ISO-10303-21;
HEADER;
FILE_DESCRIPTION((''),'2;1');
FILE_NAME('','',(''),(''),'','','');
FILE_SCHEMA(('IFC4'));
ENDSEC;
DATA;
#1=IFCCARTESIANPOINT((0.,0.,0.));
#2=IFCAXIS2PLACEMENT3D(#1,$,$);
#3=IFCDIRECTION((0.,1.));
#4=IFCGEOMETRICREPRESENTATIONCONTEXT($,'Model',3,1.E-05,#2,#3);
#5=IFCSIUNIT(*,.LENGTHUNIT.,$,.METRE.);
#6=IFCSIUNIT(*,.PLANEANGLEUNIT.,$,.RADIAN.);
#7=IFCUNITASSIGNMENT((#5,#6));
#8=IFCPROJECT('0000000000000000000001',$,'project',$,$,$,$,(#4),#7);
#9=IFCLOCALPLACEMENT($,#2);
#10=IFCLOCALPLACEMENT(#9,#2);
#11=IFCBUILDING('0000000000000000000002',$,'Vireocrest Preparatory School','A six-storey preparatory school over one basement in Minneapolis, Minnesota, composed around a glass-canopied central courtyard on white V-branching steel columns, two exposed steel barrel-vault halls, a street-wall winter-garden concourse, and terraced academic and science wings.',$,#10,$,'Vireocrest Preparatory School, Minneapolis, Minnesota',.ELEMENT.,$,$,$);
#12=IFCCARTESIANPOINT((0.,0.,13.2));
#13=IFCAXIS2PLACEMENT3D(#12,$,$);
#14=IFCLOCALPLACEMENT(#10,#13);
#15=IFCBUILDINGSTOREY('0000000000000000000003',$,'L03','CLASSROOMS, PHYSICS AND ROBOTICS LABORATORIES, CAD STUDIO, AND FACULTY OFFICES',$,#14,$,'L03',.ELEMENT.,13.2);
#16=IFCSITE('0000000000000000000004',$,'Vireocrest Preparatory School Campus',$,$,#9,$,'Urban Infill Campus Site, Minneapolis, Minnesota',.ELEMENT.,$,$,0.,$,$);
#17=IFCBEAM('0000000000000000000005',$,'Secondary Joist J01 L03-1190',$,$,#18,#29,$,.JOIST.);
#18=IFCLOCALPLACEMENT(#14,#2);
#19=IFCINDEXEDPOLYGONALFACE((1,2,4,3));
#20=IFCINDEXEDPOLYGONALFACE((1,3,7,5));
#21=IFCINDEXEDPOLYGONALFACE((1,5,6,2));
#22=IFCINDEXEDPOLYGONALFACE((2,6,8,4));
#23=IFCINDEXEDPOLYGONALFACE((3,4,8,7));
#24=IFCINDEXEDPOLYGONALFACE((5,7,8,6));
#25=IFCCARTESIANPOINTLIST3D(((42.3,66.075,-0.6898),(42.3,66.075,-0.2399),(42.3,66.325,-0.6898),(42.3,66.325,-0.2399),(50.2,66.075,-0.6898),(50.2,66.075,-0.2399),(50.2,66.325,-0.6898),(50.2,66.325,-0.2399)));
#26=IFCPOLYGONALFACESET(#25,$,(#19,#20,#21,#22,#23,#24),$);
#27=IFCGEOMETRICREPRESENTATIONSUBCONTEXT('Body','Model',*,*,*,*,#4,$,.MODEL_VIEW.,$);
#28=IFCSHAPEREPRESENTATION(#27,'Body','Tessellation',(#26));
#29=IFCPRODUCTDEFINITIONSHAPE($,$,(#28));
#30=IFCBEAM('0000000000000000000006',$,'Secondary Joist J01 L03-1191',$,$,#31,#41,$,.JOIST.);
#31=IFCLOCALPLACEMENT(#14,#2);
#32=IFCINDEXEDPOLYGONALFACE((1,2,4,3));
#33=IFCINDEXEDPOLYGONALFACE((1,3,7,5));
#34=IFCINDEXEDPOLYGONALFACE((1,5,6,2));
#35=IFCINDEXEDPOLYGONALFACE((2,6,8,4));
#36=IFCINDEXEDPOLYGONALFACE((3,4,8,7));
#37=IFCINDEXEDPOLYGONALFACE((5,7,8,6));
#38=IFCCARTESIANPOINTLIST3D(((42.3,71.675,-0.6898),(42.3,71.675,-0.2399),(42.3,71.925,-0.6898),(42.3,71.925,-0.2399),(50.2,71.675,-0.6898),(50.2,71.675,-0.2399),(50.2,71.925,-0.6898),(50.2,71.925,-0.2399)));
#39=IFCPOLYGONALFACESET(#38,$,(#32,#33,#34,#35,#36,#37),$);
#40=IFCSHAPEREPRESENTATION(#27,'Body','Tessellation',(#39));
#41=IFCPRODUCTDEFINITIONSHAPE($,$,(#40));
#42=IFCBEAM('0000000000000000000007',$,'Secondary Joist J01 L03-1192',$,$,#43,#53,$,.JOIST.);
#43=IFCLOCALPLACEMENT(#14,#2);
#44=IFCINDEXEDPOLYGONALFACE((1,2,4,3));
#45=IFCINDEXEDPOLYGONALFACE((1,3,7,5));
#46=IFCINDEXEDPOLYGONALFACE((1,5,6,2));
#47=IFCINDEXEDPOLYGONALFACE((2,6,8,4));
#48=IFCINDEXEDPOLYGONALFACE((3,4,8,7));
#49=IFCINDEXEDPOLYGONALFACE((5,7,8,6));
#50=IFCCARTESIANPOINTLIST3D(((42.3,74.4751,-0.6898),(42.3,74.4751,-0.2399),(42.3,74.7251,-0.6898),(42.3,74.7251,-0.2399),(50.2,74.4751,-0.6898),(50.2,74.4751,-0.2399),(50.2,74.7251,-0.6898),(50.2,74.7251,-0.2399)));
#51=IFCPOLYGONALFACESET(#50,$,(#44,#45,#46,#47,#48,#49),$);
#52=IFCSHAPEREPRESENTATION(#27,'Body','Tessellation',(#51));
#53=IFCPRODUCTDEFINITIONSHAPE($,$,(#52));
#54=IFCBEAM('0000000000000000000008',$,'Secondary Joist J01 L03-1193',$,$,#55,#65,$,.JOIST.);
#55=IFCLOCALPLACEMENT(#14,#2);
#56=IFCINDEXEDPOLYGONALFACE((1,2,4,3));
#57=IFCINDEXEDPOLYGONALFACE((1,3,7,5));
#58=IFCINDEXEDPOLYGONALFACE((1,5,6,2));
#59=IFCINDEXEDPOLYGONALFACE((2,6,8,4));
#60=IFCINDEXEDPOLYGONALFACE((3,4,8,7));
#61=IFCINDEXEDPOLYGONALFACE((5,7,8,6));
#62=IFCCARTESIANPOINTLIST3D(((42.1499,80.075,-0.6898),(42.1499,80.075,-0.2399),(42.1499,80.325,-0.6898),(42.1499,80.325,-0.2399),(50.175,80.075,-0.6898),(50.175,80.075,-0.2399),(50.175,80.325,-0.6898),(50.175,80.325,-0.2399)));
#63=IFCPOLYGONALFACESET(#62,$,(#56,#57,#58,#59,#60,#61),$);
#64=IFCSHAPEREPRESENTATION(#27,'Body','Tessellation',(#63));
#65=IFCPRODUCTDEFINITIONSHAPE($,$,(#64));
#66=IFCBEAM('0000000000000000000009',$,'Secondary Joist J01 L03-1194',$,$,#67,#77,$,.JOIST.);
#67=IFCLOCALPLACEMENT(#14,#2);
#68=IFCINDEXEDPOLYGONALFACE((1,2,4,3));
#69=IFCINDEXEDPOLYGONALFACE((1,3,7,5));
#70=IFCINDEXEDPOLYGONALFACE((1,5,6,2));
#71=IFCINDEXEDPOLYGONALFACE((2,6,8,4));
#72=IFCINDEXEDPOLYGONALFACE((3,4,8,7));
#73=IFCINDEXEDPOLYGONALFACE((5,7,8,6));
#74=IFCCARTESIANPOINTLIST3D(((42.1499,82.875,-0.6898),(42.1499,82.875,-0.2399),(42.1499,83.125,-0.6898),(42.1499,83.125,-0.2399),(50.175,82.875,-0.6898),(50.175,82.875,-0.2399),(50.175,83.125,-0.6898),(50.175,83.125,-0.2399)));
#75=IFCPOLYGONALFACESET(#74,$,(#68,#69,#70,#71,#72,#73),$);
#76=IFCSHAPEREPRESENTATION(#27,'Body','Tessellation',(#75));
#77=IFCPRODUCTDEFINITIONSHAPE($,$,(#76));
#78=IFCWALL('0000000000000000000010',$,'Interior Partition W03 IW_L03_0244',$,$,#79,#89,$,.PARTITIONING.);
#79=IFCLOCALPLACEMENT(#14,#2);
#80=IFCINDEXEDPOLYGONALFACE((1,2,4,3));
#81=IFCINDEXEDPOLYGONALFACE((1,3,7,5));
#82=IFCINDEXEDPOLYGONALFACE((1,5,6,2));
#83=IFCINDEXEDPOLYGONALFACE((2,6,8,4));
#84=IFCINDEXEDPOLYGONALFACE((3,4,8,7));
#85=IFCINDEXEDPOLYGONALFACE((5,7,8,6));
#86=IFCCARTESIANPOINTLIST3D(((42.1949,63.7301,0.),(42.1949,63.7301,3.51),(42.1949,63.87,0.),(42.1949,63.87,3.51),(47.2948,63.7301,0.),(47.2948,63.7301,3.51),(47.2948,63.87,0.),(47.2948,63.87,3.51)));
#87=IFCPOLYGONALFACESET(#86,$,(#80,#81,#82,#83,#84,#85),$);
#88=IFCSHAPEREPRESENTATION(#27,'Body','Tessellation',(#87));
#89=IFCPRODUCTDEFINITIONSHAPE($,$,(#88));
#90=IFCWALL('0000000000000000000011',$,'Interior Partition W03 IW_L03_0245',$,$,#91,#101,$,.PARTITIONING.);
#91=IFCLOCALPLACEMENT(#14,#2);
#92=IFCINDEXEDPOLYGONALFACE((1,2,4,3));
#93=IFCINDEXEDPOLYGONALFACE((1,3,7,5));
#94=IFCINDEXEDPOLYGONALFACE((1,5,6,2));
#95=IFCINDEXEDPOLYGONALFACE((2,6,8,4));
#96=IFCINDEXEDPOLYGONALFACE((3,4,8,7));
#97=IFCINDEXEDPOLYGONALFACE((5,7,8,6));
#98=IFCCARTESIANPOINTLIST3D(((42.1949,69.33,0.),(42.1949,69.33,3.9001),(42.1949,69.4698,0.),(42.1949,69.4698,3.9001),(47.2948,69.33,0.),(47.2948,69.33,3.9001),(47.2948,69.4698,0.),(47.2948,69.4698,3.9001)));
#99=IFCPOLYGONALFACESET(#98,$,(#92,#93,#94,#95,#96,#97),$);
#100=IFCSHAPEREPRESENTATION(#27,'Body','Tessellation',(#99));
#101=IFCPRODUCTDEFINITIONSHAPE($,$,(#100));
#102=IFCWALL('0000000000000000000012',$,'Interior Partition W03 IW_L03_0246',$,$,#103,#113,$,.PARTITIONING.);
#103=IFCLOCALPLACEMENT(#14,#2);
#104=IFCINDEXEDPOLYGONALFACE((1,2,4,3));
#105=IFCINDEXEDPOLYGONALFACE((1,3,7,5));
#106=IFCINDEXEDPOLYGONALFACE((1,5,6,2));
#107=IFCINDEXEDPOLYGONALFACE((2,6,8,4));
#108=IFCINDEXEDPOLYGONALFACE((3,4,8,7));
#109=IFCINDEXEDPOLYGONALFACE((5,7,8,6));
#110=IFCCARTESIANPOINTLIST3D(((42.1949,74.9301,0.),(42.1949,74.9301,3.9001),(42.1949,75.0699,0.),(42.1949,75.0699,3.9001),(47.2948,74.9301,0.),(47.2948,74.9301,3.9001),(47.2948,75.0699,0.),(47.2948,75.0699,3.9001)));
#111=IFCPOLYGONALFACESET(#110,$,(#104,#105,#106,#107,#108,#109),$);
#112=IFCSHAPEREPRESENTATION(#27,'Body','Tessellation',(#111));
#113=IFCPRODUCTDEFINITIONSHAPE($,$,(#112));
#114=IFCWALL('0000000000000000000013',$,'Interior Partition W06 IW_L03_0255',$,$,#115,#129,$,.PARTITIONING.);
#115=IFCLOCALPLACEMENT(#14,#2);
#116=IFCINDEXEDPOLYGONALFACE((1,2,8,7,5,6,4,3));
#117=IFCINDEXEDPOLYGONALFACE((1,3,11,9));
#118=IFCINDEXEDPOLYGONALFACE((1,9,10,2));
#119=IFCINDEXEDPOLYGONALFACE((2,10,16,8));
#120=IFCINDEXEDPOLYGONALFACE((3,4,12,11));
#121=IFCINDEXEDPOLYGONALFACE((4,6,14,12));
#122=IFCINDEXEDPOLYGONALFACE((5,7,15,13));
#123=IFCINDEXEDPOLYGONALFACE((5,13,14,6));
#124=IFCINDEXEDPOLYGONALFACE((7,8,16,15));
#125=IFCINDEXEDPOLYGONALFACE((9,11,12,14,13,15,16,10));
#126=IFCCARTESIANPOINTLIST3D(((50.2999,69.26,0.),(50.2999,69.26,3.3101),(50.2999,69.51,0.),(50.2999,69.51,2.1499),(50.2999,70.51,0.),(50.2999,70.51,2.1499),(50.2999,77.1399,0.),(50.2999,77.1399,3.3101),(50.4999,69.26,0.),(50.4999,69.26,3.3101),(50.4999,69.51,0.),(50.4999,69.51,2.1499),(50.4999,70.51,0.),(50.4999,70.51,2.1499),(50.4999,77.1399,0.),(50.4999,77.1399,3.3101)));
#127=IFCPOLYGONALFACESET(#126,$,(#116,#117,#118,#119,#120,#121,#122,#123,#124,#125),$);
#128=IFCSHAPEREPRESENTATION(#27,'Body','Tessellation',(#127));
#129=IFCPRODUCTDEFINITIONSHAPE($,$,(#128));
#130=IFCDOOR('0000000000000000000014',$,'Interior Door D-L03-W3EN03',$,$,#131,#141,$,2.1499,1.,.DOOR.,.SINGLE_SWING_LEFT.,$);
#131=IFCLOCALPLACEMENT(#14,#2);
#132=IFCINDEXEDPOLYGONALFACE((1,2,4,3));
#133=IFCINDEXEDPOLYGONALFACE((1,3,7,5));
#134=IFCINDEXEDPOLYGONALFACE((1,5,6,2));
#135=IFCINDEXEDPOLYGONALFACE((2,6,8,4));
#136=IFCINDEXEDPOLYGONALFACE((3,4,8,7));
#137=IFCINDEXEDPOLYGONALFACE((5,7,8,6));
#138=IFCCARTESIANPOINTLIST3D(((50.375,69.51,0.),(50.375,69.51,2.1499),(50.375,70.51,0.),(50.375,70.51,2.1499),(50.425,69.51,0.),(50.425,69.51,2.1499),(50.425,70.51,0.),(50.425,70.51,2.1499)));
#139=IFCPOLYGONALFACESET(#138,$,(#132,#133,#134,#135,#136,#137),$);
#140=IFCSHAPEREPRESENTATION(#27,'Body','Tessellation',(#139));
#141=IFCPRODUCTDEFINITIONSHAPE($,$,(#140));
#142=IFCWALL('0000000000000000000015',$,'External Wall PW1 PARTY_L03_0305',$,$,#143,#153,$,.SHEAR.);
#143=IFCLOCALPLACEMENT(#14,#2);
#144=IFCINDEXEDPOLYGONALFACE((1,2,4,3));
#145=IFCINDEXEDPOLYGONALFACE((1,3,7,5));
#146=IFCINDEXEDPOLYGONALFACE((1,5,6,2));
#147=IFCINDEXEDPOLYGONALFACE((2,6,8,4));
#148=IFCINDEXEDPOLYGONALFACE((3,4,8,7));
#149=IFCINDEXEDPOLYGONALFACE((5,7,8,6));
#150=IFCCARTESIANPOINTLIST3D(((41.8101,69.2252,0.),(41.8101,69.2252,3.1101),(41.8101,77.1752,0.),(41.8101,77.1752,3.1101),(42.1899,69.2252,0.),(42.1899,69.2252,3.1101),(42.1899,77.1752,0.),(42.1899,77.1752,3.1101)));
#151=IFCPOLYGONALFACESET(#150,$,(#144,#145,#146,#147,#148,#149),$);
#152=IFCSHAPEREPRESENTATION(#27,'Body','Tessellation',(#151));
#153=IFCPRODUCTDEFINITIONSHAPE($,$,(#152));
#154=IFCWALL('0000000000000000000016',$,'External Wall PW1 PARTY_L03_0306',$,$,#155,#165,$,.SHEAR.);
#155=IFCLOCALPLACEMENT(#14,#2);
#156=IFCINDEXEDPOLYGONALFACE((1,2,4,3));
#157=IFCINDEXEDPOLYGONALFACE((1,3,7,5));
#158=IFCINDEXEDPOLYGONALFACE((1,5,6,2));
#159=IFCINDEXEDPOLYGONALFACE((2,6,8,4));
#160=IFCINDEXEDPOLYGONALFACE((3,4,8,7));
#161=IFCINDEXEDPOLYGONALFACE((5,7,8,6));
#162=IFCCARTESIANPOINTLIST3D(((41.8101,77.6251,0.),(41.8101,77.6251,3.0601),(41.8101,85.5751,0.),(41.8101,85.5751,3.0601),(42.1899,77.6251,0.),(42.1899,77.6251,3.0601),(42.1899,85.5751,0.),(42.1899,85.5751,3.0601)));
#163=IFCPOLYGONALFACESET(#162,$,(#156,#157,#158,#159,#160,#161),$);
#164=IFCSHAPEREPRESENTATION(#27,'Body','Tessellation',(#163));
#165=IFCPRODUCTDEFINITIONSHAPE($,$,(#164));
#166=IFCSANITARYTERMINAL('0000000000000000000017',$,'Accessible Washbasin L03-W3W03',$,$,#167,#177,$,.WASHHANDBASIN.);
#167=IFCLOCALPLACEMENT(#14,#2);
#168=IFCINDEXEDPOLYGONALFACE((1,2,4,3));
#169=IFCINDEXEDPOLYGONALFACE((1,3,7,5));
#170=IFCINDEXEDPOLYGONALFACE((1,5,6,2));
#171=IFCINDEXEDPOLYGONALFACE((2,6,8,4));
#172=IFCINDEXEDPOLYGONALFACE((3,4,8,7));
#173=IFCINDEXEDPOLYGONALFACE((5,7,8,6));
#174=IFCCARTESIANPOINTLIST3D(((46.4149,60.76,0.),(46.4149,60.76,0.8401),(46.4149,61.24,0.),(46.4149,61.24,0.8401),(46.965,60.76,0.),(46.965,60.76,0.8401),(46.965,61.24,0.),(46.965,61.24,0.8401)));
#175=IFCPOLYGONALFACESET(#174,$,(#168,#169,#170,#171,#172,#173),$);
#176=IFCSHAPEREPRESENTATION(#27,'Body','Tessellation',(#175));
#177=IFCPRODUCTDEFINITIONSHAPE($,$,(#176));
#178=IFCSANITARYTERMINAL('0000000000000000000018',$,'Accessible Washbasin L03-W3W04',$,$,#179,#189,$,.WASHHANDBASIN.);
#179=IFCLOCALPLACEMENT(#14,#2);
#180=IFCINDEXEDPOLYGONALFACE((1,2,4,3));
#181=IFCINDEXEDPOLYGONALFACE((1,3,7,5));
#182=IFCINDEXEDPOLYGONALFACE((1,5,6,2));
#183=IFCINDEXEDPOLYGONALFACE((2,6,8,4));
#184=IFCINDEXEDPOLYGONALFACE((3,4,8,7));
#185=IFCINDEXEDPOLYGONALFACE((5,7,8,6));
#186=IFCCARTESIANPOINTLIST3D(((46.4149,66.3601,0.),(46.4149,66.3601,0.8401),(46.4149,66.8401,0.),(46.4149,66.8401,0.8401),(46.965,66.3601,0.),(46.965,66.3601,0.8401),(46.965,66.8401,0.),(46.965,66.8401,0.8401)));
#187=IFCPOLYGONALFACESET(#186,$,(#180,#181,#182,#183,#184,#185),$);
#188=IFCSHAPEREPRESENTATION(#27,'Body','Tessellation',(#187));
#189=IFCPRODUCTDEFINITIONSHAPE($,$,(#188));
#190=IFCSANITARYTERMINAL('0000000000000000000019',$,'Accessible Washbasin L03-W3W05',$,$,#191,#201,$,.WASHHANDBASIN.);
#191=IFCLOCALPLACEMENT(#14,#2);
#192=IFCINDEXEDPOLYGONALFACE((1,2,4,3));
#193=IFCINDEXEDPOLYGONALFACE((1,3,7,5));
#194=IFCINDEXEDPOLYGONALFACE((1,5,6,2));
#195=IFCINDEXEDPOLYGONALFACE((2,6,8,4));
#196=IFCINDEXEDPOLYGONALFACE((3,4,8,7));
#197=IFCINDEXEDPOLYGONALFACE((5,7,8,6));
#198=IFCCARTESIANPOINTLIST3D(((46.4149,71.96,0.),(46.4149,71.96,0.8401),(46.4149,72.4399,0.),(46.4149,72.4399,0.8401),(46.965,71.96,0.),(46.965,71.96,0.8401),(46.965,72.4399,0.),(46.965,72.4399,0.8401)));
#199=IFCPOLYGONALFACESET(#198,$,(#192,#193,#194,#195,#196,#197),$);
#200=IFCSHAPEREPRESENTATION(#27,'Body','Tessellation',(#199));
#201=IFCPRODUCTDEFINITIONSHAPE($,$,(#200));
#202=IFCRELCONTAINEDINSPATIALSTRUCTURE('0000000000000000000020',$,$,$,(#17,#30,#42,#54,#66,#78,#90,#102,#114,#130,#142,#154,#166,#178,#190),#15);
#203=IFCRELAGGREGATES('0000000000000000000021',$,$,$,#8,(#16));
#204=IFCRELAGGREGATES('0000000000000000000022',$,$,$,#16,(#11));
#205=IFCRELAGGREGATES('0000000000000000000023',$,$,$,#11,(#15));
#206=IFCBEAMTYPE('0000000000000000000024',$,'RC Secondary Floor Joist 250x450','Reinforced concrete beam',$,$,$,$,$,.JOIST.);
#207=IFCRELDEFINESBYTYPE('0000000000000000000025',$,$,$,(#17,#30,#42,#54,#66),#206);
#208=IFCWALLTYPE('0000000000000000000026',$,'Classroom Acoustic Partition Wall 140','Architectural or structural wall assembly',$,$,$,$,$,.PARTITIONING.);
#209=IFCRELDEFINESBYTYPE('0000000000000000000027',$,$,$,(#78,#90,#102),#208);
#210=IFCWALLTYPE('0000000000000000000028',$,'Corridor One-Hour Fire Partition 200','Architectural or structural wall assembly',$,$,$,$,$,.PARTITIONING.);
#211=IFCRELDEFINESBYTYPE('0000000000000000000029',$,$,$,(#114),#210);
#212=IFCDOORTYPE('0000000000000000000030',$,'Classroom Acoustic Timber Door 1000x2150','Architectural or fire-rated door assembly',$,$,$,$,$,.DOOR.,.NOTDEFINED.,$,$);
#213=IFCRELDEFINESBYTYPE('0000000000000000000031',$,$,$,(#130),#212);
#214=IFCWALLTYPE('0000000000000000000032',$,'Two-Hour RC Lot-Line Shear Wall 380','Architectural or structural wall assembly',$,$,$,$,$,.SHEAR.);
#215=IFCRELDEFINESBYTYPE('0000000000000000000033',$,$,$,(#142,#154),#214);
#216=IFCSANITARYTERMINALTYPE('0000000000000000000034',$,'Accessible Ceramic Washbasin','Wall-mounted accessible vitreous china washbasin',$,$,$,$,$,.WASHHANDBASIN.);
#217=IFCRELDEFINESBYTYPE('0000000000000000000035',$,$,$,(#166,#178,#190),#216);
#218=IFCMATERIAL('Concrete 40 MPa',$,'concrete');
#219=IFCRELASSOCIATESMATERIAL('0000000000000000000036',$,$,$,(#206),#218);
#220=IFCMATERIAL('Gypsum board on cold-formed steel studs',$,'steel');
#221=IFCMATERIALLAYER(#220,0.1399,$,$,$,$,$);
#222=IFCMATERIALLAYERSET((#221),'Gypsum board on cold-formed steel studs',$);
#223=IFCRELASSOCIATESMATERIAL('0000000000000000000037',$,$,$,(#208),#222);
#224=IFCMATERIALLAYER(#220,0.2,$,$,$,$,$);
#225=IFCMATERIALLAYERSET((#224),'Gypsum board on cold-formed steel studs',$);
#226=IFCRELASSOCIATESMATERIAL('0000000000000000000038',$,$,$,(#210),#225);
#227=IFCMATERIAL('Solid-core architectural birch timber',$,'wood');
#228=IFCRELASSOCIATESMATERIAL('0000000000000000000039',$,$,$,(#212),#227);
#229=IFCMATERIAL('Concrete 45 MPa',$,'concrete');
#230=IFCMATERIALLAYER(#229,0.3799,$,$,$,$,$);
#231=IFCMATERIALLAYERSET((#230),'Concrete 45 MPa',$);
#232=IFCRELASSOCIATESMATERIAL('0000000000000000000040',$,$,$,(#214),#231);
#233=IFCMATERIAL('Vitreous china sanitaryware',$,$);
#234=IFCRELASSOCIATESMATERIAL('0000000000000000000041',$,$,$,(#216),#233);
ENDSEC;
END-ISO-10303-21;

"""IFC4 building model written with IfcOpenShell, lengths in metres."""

from ifc_helpers import new_model, si_unit, direction, frame, frame_2d, origin, origin_2d, place, context, subcontext, project, spatial, rectangle, extrude, material, layer, layer_set, material_profile, profile_set, type_object, element, fill, save


model = new_model("IFC4")

# Units and contexts
model_context = context("Model", 3, precision=1e-05, world=origin(), true_north=direction((0.0, 1.0)))
body_context = subcontext(model_context, "Body", "Model", "MODEL_VIEW")
ifc_project = project(units=[si_unit("LENGTHUNIT", "METRE"), si_unit("PLANEANGLEUNIT", "RADIAN")], contexts=[model_context])

# Site, building, storey
site_placement = place(None, origin())
site = spatial("IfcSite", under=ifc_project, at=site_placement, Name="Vireocrest Preparatory School Campus", LongName="Urban Infill Campus Site, Minneapolis, Minnesota", CompositionType="ELEMENT", RefElevation=0.0)
building_placement = place(site_placement, origin())
building = spatial("IfcBuilding", under=site, at=building_placement, Name="Vireocrest Preparatory School", Description="A six-storey preparatory school over one basement in Minneapolis, Minnesota, composed around a glass-canopied central courtyard on white V-branching steel columns, two exposed steel barrel-vault halls, a street-wall winter-garden concourse, and terraced academic and science wings.", LongName="Vireocrest Preparatory School, Minneapolis, Minnesota", CompositionType="ELEMENT")
storey_placement = place(building_placement, frame((0.0, 0.0, 13.2)))
storey = spatial("IfcBuildingStorey", under=building, at=storey_placement, Name="L03", Description="CLASSROOMS, PHYSICS AND ROBOTICS LABORATORIES, CAD STUDIO, AND FACULTY OFFICES", LongName="L03", CompositionType="ELEMENT", Elevation=13.2)

# Shared definitions
ifc_material_1 = material(Name="Concrete 45 MPa", Category="concrete")

# Beams
ifc_material_2 = material(Name="Concrete 40 MPa", Category="concrete")
ifc_material_profile_1 = material_profile(ifc_material_2, rectangle(XDim=0.25, YDim=0.45, at=origin_2d()), Name="RC 250x450")
ifc_profile_set_1 = profile_set([ifc_material_profile_1], Name="Concrete 40 MPa")
beam_type_1 = type_object("IfcBeamType", Name="RC Secondary Floor Joist 250x450", Description="Reinforced concrete beam", PredefinedType="JOIST", material=ifc_profile_set_1)
for number, where, z_axis, x_axis, name in (
    (1, (42.3, 66.2, -0.4648), (1.0, 0.0, 0.0), (0.0, 1.0, 0.0), "Secondary Joist J01 L03-1190"),
    (2, (42.3, 71.8, -0.4648), (1.0, 0.0, 0.0), (0.0, 1.0, 0.0), "Secondary Joist J01 L03-1191"),
    (3, (42.3, 74.6001, -0.4648), (1.0, 0.0, 0.0), (0.0, 1.0, 0.0), "Secondary Joist J01 L03-1192"),
):
    element("IfcBeam", number, at=place(storey_placement, frame(where, z_axis=z_axis, x_axis=x_axis)), inside=storey, type_object=beam_type_1, Name=name, PredefinedType="JOIST", context=body_context, shape_type="SweptSolid", body=[
        extrude(rectangle(XDim=0.25, YDim=0.45, at=origin_2d()), origin(), (0.0, 0.0, 1.0), 7.8999),
    ])
for number, where, z_axis, x_axis, name in (
    (4, (42.1499, 80.2, -0.4648), (1.0, 0.0, 0.0), (0.0, 1.0, 0.0), "Secondary Joist J01 L03-1193"),
    (5, (42.1499, 83.0, -0.4648), (1.0, 0.0, 0.0), (0.0, 1.0, 0.0), "Secondary Joist J01 L03-1194"),
):
    element("IfcBeam", number, at=place(storey_placement, frame(where, z_axis=z_axis, x_axis=x_axis)), inside=storey, type_object=beam_type_1, Name=name, PredefinedType="JOIST", context=body_context, shape_type="SweptSolid", body=[
        extrude(rectangle(XDim=0.25, YDim=0.45, at=origin_2d()), origin(), (0.0, 0.0, 1.0), 8.0251),
    ])

# Walls
ifc_material_3 = material(Name="Gypsum board on cold-formed steel studs", Category="steel")
ifc_layer_1 = layer(ifc_material_3, 0.1399)
ifc_layer_set_1 = layer_set([ifc_layer_1], Name="Gypsum board on cold-formed steel studs")
wall_type_1 = type_object("IfcWallType", Name="Classroom Acoustic Partition Wall 140", Description="Architectural or structural wall assembly", PredefinedType="PARTITIONING", material=ifc_layer_set_1)
wall_1_placement = place(storey_placement, frame((42.1951, 63.8, 0.0), z_axis=(0.0, 0.0, 1.0), x_axis=(1.0, 0.0, 0.0)))
element("IfcWall", 6, at=wall_1_placement, inside=storey, type_object=wall_type_1, Name="Interior Partition W03 IW_L03_0244", PredefinedType="PARTITIONING", context=body_context, shape_type="SweptSolid", body=[
    extrude(rectangle(XDim=5.0999, YDim=0.1399, at=frame_2d((2.5498, 0.0))), origin(), (0.0, 0.0, 1.0), 3.51),
])
for number, where, z_axis, x_axis, name in (
    (7, (42.1951, 69.3999, 0.0), (0.0, 0.0, 1.0), (1.0, 0.0, 0.0), "Interior Partition W03 IW_L03_0245"),
    (8, (42.1951, 75.0, 0.0), (0.0, 0.0, 1.0), (1.0, 0.0, 0.0), "Interior Partition W03 IW_L03_0246"),
):
    element("IfcWall", number, at=place(storey_placement, frame(where, z_axis=z_axis, x_axis=x_axis)), inside=storey, type_object=wall_type_1, Name=name, PredefinedType="PARTITIONING", context=body_context, shape_type="SweptSolid", body=[
        extrude(rectangle(XDim=5.0999, YDim=0.1399, at=frame_2d((2.5498, 0.0))), origin(), (0.0, 0.0, 1.0), 3.9001),
    ])

# Wall, opening, door
ifc_layer_2 = layer(ifc_material_3, 0.2)
ifc_layer_set_2 = layer_set([ifc_layer_2], Name="Gypsum board on cold-formed steel studs")
wall_type_2 = type_object("IfcWallType", Name="Corridor One-Hour Fire Partition 200", Description="Architectural or structural wall assembly", PredefinedType="PARTITIONING", material=ifc_layer_set_2)
wall_2_placement = place(storey_placement, frame((50.3999, 69.26, 0.0), z_axis=(0.0, 0.0, 1.0), x_axis=(0.0, 1.0, 0.0)))
wall_2 = element("IfcWall", 9, at=wall_2_placement, inside=storey, type_object=wall_type_2, Name="Interior Partition W06 IW_L03_0255", PredefinedType="PARTITIONING", context=body_context, shape_type="SweptSolid", body=[
    extrude(rectangle(XDim=7.8799, YDim=0.2, at=frame_2d((3.9399, 0.0))), origin(), (0.0, 0.0, 1.0), 3.3101),
])
opening_placement = place(wall_2_placement, frame((0.25, 0.0, 0.0)))
opening = element("IfcOpeningElement", 10, at=opening_placement, cuts=wall_2, PredefinedType="OPENING", context=body_context, shape_type="SweptSolid", body=[
    extrude(rectangle(XDim=1.0, YDim=2.1499, at=frame_2d((0.5, 1.075))), frame((0.0, 0.1099, 0.0), z_axis=(0.0, -1.0, 0.0), x_axis=(1.0, 0.0, 0.0)), (0.0, 0.0, 1.0), 0.22),
])
ifc_material_4 = material(Name="Solid-core architectural birch timber", Category="wood")
door_type = type_object("IfcDoorType", Name="Classroom Acoustic Timber Door 1000x2150", Description="Architectural or fire-rated door assembly", OperationType="NOTDEFINED", PredefinedType="DOOR", material=ifc_material_4)
door_placement = place(opening_placement, origin())
door = element("IfcDoor", 11, at=door_placement, inside=storey, type_object=door_type, Name="Interior Door D-L03-W3EN03", OperationType="SINGLE_SWING_LEFT", OverallHeight=2.1499, OverallWidth=1.0, PredefinedType="DOOR", context=body_context, shape_type="SweptSolid", body=[
    extrude(rectangle(XDim=1.0, YDim=2.1499, at=frame_2d((0.5, 1.075))), frame((0.0, 0.0249, 0.0), z_axis=(0.0, -1.0, 0.0), x_axis=(1.0, 0.0, 0.0)), (0.0, 0.0, 1.0), 0.05),
])
fill(opening, door)

# Walls
ifc_layer_3 = layer(ifc_material_1, 0.3799)
ifc_layer_set_3 = layer_set([ifc_layer_3], Name="Concrete 45 MPa")
wall_type_3 = type_object("IfcWallType", Name="Two-Hour RC Lot-Line Shear Wall 380", Description="Architectural or structural wall assembly", PredefinedType="SHEAR", material=ifc_layer_set_3)
wall_3_placement = place(storey_placement, frame((42.0, 69.2251, 0.0), z_axis=(0.0, 0.0, 1.0), x_axis=(0.0, 1.0, 0.0)))
element("IfcWall", 12, at=wall_3_placement, inside=storey, type_object=wall_type_3, Name="External Wall PW1 PARTY_L03_0305", PredefinedType="SHEAR", context=body_context, shape_type="SweptSolid", body=[
    extrude(rectangle(XDim=7.95, YDim=0.3799, at=frame_2d((3.9751, 0.0))), origin(), (0.0, 0.0, 1.0), 3.1101),
])
wall_4_placement = place(storey_placement, frame((42.0, 77.625, 0.0), z_axis=(0.0, 0.0, 1.0), x_axis=(0.0, 1.0, 0.0)))
element("IfcWall", 13, at=wall_4_placement, inside=storey, type_object=wall_type_3, Name="External Wall PW1 PARTY_L03_0306", PredefinedType="SHEAR", context=body_context, shape_type="SweptSolid", body=[
    extrude(rectangle(XDim=7.95, YDim=0.3799, at=frame_2d((3.9751, 0.0))), origin(), (0.0, 0.0, 1.0), 3.0601),
])

# Sanitary terminals
ifc_material_5 = material(Name="Vitreous china sanitaryware")
sanitary_terminal_type_1 = type_object("IfcSanitaryTerminalType", Name="Accessible Ceramic Washbasin", Description="Wall-mounted accessible vitreous china washbasin", PredefinedType="WASHHANDBASIN", material=ifc_material_5)
for number, where, z_axis, x_axis, name in (
    (14, (46.6899, 61.0, 0.0), (0.0, 0.0, 1.0), (1.0, 0.0, 0.0), "Accessible Washbasin L03-W3W03"),
    (15, (46.6899, 66.6001, 0.0), (0.0, 0.0, 1.0), (1.0, 0.0, 0.0), "Accessible Washbasin L03-W3W04"),
    (16, (46.6899, 72.2, 0.0), (0.0, 0.0, 1.0), (1.0, 0.0, 0.0), "Accessible Washbasin L03-W3W05"),
):
    element("IfcSanitaryTerminal", number, at=place(storey_placement, frame(where, z_axis=z_axis, x_axis=x_axis)), inside=storey, type_object=sanitary_terminal_type_1, Name=name, PredefinedType="WASHHANDBASIN", context=body_context, shape_type="SweptSolid", body=[
        extrude(rectangle(XDim=0.55, YDim=0.48, at=origin_2d()), origin(), (0.0, 0.0, 1.0), 0.8401),
    ])

save(model, "model.ifc")
